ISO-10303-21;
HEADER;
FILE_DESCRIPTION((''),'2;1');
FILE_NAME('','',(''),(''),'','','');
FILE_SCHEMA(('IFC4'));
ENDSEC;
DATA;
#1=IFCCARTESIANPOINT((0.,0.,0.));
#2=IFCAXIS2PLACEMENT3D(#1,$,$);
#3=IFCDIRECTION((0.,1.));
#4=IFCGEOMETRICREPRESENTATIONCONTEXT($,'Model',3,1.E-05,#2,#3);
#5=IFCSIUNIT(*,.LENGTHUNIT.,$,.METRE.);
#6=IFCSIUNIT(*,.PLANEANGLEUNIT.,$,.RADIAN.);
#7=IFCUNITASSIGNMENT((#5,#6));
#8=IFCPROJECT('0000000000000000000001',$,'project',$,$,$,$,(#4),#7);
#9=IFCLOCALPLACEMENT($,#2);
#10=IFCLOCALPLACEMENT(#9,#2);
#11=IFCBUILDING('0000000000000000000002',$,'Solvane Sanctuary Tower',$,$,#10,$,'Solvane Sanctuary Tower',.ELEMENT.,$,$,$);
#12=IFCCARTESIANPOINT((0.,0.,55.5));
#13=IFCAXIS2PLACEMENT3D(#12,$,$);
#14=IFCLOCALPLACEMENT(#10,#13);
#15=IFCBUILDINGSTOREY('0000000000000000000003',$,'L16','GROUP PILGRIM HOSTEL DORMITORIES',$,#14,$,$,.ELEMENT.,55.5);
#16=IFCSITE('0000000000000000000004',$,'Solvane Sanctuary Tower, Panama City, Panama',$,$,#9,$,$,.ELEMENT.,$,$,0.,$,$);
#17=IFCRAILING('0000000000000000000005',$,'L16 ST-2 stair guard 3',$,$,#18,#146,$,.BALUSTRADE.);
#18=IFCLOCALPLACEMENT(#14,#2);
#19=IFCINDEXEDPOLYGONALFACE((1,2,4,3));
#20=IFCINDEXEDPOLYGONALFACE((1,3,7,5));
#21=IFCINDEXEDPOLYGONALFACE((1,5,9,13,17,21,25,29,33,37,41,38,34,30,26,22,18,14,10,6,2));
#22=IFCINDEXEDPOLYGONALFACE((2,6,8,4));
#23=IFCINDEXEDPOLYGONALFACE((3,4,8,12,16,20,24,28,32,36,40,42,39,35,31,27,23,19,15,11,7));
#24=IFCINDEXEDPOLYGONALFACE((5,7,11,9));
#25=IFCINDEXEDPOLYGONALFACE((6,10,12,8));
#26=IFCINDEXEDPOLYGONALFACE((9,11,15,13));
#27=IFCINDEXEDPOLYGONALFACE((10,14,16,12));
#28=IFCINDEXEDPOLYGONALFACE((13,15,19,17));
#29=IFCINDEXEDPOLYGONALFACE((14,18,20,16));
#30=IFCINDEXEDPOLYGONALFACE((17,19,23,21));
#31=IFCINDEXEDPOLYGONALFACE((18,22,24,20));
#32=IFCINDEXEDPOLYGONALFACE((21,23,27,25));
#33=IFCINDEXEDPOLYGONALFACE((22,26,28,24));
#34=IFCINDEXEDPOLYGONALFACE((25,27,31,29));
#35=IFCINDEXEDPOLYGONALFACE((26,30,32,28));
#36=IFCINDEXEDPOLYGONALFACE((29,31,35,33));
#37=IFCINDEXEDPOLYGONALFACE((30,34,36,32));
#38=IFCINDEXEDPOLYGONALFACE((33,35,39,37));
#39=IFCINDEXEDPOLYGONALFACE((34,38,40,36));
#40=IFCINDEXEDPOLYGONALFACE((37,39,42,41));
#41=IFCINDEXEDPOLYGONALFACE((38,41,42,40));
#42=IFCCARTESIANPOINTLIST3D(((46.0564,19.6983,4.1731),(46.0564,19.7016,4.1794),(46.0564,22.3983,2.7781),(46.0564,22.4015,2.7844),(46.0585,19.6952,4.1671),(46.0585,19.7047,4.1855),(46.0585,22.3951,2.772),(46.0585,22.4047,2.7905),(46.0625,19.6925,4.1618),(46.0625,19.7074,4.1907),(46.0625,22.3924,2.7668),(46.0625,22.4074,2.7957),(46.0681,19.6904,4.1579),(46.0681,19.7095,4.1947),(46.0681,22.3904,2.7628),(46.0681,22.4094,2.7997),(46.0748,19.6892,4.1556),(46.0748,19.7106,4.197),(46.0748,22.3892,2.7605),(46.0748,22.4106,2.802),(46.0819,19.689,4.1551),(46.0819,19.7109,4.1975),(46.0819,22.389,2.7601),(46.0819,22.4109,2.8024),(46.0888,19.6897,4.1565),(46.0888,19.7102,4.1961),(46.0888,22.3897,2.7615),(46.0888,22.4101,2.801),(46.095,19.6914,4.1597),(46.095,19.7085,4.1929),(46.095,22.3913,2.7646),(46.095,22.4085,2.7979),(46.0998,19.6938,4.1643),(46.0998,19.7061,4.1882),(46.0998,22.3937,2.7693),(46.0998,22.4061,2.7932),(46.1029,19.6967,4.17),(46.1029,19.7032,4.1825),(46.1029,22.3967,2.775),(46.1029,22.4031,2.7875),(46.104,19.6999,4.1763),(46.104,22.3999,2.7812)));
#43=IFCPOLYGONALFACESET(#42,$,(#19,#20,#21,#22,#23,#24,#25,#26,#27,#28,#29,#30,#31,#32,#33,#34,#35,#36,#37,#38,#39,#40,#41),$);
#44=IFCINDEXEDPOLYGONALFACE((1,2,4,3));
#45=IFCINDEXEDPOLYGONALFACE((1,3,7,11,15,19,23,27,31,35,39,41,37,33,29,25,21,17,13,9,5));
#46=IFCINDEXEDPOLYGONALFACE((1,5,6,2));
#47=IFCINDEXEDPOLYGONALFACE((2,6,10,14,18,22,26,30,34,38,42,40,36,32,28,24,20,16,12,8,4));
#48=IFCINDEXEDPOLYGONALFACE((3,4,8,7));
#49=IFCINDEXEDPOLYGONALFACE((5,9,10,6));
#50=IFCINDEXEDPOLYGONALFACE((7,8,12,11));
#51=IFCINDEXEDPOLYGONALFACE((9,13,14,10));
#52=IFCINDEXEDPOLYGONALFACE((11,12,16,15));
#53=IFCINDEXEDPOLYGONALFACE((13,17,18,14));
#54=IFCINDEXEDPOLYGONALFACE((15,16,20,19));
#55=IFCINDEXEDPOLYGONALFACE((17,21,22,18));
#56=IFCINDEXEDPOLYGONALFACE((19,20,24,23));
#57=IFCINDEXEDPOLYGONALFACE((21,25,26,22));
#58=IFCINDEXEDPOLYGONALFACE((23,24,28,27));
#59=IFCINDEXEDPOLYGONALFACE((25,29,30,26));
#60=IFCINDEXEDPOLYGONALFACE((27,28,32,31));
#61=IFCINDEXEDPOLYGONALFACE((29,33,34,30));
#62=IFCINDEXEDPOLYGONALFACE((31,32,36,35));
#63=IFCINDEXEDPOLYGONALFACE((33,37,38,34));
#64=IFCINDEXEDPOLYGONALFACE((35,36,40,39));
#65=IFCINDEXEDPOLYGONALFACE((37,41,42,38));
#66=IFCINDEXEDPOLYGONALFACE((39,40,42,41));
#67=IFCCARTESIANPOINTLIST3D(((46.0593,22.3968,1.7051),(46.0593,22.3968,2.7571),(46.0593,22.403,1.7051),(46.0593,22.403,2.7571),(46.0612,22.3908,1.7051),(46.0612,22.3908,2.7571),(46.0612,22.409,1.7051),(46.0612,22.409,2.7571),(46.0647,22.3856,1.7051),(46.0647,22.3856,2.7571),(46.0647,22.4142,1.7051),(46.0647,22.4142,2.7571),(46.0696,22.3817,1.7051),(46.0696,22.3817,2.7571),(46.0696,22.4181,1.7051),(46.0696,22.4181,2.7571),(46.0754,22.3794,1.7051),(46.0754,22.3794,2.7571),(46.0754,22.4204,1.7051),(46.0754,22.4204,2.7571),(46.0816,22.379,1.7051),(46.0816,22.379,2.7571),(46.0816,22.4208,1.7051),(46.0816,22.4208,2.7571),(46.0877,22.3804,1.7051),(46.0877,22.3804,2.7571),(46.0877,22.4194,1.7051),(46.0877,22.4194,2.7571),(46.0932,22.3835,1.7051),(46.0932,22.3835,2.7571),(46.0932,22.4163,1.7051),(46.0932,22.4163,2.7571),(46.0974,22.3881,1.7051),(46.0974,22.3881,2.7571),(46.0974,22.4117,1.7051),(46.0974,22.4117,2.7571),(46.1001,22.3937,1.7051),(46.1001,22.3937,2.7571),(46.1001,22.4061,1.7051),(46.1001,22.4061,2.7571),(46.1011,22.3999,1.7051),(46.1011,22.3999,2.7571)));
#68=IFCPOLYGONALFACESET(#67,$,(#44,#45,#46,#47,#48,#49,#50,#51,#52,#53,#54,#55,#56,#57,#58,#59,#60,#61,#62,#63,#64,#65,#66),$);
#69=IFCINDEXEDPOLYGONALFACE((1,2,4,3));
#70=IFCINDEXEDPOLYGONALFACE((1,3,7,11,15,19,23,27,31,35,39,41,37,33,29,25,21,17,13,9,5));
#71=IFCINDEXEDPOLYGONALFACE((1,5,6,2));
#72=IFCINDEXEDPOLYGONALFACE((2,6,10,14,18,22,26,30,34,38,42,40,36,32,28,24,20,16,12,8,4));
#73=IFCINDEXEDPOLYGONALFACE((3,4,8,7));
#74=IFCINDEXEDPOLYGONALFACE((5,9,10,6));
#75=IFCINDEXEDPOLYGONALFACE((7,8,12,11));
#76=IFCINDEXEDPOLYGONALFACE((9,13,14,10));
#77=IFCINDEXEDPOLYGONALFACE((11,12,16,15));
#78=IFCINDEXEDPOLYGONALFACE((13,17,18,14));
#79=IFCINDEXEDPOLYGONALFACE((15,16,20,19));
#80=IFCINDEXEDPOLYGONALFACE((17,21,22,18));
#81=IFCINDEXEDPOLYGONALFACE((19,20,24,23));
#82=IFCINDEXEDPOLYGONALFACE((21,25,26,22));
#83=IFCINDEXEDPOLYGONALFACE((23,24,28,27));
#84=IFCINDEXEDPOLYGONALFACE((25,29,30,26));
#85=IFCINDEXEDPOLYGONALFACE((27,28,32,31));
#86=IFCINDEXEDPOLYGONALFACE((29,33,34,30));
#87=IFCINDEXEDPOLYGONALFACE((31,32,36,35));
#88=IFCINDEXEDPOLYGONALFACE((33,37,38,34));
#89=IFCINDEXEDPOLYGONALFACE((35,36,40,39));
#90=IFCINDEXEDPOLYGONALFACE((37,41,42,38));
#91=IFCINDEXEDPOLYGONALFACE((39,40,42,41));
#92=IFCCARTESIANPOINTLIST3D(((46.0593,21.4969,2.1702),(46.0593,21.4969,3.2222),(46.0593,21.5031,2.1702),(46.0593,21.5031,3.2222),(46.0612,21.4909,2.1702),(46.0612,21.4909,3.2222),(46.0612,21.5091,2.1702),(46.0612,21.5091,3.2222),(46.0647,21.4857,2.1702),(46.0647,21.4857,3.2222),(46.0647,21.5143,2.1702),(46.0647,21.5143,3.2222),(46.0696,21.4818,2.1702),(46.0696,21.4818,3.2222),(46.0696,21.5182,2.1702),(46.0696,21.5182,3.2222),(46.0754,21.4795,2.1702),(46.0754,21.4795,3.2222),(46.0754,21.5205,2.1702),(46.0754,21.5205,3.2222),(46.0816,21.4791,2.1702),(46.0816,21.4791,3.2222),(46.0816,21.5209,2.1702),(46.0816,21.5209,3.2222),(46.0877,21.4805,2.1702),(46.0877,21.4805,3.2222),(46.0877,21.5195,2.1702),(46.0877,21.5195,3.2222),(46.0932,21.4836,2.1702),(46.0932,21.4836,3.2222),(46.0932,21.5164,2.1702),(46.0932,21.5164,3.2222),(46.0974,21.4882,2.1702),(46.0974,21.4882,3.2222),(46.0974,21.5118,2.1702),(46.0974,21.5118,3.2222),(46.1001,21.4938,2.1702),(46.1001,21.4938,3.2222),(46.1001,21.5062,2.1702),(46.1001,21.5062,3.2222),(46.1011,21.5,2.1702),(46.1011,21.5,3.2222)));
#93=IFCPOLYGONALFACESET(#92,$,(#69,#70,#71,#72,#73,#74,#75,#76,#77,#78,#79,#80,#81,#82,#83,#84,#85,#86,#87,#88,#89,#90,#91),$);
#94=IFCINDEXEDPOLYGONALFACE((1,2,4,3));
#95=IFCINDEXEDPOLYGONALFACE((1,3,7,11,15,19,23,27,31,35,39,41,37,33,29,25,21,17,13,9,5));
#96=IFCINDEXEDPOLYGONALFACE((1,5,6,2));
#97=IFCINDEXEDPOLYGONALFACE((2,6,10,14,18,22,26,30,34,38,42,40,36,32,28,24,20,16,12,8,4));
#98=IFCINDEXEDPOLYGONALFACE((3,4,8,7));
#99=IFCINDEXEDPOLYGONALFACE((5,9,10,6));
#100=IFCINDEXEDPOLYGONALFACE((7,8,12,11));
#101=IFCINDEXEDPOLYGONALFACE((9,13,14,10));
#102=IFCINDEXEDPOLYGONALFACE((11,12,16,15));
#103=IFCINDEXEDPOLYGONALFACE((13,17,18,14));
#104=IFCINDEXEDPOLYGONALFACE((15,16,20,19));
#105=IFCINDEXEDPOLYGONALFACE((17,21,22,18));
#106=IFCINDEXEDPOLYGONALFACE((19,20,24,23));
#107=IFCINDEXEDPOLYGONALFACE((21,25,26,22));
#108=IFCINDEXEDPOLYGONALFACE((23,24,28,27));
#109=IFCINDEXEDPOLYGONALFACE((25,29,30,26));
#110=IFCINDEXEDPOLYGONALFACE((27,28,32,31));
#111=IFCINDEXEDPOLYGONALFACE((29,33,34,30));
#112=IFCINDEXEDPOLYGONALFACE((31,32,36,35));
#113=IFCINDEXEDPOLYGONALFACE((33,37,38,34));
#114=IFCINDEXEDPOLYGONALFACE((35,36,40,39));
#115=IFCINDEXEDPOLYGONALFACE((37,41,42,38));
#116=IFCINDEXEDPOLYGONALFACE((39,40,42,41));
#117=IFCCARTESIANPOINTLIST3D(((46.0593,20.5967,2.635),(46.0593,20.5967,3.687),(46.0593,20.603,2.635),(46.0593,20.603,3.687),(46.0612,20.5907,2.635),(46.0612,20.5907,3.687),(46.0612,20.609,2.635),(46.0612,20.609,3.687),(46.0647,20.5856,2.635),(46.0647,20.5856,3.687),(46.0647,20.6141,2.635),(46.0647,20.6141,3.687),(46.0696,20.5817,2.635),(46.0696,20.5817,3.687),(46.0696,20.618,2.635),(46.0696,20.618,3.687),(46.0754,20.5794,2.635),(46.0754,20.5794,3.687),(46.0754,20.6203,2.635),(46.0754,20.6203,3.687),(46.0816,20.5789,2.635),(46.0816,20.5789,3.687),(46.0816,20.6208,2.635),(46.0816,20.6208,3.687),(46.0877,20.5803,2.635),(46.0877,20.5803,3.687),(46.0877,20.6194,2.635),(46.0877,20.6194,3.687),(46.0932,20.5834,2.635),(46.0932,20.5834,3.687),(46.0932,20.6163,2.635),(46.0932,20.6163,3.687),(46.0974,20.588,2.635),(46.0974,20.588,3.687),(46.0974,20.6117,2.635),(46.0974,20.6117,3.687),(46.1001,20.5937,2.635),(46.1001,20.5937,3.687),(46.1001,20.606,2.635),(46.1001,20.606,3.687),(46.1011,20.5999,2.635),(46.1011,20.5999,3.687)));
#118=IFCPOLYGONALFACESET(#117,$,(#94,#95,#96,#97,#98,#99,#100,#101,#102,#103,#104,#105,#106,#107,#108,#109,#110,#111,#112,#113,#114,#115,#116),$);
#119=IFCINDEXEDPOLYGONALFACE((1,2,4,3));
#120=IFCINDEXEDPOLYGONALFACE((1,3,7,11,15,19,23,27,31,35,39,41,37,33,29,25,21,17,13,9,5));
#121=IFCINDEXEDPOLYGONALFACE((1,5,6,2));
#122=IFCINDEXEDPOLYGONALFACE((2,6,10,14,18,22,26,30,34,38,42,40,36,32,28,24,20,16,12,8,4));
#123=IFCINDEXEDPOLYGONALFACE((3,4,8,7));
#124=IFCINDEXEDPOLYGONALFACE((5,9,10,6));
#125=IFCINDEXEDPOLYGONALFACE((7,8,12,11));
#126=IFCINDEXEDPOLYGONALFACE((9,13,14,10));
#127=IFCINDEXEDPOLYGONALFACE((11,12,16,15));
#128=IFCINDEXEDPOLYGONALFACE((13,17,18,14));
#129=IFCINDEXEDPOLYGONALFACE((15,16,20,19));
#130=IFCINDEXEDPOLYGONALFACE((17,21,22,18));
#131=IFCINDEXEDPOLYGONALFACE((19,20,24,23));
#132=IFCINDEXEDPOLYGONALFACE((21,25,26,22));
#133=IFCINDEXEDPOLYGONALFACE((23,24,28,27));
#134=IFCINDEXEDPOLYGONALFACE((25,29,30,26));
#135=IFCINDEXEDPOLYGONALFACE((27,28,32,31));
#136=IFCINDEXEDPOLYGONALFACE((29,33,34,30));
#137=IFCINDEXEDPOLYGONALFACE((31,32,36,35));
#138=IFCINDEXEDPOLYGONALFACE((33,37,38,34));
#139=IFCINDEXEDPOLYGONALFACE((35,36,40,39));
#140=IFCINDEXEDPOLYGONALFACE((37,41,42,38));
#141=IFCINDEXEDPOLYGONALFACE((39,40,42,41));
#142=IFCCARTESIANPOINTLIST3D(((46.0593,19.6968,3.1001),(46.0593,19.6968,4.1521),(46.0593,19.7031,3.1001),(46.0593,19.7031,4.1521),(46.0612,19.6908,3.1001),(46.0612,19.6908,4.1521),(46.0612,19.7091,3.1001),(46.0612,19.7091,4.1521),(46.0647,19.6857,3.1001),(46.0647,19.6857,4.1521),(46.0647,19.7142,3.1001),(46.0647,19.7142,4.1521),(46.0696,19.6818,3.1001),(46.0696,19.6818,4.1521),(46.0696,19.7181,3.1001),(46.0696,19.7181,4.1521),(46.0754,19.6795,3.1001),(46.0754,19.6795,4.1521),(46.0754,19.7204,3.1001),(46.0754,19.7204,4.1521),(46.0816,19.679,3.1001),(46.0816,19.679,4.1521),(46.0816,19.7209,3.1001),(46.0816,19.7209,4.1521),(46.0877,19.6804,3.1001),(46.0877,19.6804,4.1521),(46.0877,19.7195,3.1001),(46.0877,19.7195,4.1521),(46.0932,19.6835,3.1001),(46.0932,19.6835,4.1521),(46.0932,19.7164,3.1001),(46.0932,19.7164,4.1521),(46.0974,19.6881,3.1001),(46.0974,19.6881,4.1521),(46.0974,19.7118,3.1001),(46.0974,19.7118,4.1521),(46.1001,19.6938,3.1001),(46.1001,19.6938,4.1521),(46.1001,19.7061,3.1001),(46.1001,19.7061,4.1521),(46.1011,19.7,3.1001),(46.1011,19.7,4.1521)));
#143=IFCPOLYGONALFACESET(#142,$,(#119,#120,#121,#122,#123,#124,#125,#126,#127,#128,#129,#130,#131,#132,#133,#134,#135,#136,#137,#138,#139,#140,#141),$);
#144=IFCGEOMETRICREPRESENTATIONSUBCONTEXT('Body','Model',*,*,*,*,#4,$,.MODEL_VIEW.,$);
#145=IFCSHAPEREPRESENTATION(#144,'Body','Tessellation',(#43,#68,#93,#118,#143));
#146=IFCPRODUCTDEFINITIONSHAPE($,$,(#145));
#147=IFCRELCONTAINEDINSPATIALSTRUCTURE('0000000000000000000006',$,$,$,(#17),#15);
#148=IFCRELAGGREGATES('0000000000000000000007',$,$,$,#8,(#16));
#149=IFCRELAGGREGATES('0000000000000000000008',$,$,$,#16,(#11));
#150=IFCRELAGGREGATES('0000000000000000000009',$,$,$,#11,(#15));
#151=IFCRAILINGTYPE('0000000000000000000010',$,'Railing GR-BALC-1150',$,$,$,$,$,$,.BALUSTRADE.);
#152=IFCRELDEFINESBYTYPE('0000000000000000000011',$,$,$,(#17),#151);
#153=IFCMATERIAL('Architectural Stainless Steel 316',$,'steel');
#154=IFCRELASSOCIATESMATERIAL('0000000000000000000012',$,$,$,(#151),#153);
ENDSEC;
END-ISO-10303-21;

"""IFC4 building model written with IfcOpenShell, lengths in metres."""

from ifc_helpers import new_model, si_unit, direction, frame, origin, origin_2d, place, context, subcontext, project, spatial, circle, extrude, material, type_object, element, save


model = new_model("IFC4")

# Units and contexts
model_context = context("Model", 3, precision=1e-05, world=origin(), true_north=direction((0.0, 1.0)))
body_context = subcontext(model_context, "Body", "Model", "MODEL_VIEW")
ifc_project = project(units=[si_unit("LENGTHUNIT", "METRE"), si_unit("PLANEANGLEUNIT", "RADIAN")], contexts=[model_context])

# Site, building, storey
site_placement = place(None, origin())
site = spatial("IfcSite", under=ifc_project, at=site_placement, Name="Solvane Sanctuary Tower, Panama City, Panama", CompositionType="ELEMENT", RefElevation=0.0)
building_placement = place(site_placement, origin())
building = spatial("IfcBuilding", under=site, at=building_placement, Name="Solvane Sanctuary Tower", LongName="Solvane Sanctuary Tower", CompositionType="ELEMENT")
storey_placement = place(building_placement, frame((0.0, 0.0, 55.5)))
storey = spatial("IfcBuildingStorey", under=building, at=storey_placement, Name="L16", Description="GROUP PILGRIM HOSTEL DORMITORIES", CompositionType="ELEMENT", Elevation=55.5)

# Shared definitions
ifc_material_1 = material(Name="Architectural Stainless Steel 316", Category="steel")

# Railing
railing_type_1 = type_object("IfcRailingType", Name="Railing GR-BALC-1150", PredefinedType="BALUSTRADE", material=ifc_material_1)
railing_1_placement = place(storey_placement, frame((46.0801, 22.3999, 1.7051)))
element("IfcRailing", 1, at=railing_1_placement, inside=storey, type_object=railing_type_1, Name="L16 ST-2 stair guard 3", PredefinedType="BALUSTRADE", context=body_context, shape_type="SweptSolid", body=[
    extrude(circle(Radius=0.0239, at=origin_2d()), frame((0.0, 0.0, 1.0762), z_axis=(0.0, -0.88842, 0.459032), x_axis=(1.0, 0.0, 0.0)), (0.0, 0.0, 1.0), 3.0391),
    extrude(circle(Radius=0.021, at=origin_2d()), origin(), (0.0, 0.0, 1.0), 1.052),
    extrude(circle(Radius=0.021, at=origin_2d()), frame((0.0, -0.8999, 0.4651)), (0.0, 0.0, 1.0), 1.052),
    extrude(circle(Radius=0.021, at=origin_2d()), frame((0.0, -1.8, 0.9299)), (0.0, 0.0, 1.0), 1.052),
    extrude(circle(Radius=0.021, at=origin_2d()), frame((0.0, -2.7, 1.395)), (0.0, 0.0, 1.0), 1.052),
])

save(model, "model.ifc")
